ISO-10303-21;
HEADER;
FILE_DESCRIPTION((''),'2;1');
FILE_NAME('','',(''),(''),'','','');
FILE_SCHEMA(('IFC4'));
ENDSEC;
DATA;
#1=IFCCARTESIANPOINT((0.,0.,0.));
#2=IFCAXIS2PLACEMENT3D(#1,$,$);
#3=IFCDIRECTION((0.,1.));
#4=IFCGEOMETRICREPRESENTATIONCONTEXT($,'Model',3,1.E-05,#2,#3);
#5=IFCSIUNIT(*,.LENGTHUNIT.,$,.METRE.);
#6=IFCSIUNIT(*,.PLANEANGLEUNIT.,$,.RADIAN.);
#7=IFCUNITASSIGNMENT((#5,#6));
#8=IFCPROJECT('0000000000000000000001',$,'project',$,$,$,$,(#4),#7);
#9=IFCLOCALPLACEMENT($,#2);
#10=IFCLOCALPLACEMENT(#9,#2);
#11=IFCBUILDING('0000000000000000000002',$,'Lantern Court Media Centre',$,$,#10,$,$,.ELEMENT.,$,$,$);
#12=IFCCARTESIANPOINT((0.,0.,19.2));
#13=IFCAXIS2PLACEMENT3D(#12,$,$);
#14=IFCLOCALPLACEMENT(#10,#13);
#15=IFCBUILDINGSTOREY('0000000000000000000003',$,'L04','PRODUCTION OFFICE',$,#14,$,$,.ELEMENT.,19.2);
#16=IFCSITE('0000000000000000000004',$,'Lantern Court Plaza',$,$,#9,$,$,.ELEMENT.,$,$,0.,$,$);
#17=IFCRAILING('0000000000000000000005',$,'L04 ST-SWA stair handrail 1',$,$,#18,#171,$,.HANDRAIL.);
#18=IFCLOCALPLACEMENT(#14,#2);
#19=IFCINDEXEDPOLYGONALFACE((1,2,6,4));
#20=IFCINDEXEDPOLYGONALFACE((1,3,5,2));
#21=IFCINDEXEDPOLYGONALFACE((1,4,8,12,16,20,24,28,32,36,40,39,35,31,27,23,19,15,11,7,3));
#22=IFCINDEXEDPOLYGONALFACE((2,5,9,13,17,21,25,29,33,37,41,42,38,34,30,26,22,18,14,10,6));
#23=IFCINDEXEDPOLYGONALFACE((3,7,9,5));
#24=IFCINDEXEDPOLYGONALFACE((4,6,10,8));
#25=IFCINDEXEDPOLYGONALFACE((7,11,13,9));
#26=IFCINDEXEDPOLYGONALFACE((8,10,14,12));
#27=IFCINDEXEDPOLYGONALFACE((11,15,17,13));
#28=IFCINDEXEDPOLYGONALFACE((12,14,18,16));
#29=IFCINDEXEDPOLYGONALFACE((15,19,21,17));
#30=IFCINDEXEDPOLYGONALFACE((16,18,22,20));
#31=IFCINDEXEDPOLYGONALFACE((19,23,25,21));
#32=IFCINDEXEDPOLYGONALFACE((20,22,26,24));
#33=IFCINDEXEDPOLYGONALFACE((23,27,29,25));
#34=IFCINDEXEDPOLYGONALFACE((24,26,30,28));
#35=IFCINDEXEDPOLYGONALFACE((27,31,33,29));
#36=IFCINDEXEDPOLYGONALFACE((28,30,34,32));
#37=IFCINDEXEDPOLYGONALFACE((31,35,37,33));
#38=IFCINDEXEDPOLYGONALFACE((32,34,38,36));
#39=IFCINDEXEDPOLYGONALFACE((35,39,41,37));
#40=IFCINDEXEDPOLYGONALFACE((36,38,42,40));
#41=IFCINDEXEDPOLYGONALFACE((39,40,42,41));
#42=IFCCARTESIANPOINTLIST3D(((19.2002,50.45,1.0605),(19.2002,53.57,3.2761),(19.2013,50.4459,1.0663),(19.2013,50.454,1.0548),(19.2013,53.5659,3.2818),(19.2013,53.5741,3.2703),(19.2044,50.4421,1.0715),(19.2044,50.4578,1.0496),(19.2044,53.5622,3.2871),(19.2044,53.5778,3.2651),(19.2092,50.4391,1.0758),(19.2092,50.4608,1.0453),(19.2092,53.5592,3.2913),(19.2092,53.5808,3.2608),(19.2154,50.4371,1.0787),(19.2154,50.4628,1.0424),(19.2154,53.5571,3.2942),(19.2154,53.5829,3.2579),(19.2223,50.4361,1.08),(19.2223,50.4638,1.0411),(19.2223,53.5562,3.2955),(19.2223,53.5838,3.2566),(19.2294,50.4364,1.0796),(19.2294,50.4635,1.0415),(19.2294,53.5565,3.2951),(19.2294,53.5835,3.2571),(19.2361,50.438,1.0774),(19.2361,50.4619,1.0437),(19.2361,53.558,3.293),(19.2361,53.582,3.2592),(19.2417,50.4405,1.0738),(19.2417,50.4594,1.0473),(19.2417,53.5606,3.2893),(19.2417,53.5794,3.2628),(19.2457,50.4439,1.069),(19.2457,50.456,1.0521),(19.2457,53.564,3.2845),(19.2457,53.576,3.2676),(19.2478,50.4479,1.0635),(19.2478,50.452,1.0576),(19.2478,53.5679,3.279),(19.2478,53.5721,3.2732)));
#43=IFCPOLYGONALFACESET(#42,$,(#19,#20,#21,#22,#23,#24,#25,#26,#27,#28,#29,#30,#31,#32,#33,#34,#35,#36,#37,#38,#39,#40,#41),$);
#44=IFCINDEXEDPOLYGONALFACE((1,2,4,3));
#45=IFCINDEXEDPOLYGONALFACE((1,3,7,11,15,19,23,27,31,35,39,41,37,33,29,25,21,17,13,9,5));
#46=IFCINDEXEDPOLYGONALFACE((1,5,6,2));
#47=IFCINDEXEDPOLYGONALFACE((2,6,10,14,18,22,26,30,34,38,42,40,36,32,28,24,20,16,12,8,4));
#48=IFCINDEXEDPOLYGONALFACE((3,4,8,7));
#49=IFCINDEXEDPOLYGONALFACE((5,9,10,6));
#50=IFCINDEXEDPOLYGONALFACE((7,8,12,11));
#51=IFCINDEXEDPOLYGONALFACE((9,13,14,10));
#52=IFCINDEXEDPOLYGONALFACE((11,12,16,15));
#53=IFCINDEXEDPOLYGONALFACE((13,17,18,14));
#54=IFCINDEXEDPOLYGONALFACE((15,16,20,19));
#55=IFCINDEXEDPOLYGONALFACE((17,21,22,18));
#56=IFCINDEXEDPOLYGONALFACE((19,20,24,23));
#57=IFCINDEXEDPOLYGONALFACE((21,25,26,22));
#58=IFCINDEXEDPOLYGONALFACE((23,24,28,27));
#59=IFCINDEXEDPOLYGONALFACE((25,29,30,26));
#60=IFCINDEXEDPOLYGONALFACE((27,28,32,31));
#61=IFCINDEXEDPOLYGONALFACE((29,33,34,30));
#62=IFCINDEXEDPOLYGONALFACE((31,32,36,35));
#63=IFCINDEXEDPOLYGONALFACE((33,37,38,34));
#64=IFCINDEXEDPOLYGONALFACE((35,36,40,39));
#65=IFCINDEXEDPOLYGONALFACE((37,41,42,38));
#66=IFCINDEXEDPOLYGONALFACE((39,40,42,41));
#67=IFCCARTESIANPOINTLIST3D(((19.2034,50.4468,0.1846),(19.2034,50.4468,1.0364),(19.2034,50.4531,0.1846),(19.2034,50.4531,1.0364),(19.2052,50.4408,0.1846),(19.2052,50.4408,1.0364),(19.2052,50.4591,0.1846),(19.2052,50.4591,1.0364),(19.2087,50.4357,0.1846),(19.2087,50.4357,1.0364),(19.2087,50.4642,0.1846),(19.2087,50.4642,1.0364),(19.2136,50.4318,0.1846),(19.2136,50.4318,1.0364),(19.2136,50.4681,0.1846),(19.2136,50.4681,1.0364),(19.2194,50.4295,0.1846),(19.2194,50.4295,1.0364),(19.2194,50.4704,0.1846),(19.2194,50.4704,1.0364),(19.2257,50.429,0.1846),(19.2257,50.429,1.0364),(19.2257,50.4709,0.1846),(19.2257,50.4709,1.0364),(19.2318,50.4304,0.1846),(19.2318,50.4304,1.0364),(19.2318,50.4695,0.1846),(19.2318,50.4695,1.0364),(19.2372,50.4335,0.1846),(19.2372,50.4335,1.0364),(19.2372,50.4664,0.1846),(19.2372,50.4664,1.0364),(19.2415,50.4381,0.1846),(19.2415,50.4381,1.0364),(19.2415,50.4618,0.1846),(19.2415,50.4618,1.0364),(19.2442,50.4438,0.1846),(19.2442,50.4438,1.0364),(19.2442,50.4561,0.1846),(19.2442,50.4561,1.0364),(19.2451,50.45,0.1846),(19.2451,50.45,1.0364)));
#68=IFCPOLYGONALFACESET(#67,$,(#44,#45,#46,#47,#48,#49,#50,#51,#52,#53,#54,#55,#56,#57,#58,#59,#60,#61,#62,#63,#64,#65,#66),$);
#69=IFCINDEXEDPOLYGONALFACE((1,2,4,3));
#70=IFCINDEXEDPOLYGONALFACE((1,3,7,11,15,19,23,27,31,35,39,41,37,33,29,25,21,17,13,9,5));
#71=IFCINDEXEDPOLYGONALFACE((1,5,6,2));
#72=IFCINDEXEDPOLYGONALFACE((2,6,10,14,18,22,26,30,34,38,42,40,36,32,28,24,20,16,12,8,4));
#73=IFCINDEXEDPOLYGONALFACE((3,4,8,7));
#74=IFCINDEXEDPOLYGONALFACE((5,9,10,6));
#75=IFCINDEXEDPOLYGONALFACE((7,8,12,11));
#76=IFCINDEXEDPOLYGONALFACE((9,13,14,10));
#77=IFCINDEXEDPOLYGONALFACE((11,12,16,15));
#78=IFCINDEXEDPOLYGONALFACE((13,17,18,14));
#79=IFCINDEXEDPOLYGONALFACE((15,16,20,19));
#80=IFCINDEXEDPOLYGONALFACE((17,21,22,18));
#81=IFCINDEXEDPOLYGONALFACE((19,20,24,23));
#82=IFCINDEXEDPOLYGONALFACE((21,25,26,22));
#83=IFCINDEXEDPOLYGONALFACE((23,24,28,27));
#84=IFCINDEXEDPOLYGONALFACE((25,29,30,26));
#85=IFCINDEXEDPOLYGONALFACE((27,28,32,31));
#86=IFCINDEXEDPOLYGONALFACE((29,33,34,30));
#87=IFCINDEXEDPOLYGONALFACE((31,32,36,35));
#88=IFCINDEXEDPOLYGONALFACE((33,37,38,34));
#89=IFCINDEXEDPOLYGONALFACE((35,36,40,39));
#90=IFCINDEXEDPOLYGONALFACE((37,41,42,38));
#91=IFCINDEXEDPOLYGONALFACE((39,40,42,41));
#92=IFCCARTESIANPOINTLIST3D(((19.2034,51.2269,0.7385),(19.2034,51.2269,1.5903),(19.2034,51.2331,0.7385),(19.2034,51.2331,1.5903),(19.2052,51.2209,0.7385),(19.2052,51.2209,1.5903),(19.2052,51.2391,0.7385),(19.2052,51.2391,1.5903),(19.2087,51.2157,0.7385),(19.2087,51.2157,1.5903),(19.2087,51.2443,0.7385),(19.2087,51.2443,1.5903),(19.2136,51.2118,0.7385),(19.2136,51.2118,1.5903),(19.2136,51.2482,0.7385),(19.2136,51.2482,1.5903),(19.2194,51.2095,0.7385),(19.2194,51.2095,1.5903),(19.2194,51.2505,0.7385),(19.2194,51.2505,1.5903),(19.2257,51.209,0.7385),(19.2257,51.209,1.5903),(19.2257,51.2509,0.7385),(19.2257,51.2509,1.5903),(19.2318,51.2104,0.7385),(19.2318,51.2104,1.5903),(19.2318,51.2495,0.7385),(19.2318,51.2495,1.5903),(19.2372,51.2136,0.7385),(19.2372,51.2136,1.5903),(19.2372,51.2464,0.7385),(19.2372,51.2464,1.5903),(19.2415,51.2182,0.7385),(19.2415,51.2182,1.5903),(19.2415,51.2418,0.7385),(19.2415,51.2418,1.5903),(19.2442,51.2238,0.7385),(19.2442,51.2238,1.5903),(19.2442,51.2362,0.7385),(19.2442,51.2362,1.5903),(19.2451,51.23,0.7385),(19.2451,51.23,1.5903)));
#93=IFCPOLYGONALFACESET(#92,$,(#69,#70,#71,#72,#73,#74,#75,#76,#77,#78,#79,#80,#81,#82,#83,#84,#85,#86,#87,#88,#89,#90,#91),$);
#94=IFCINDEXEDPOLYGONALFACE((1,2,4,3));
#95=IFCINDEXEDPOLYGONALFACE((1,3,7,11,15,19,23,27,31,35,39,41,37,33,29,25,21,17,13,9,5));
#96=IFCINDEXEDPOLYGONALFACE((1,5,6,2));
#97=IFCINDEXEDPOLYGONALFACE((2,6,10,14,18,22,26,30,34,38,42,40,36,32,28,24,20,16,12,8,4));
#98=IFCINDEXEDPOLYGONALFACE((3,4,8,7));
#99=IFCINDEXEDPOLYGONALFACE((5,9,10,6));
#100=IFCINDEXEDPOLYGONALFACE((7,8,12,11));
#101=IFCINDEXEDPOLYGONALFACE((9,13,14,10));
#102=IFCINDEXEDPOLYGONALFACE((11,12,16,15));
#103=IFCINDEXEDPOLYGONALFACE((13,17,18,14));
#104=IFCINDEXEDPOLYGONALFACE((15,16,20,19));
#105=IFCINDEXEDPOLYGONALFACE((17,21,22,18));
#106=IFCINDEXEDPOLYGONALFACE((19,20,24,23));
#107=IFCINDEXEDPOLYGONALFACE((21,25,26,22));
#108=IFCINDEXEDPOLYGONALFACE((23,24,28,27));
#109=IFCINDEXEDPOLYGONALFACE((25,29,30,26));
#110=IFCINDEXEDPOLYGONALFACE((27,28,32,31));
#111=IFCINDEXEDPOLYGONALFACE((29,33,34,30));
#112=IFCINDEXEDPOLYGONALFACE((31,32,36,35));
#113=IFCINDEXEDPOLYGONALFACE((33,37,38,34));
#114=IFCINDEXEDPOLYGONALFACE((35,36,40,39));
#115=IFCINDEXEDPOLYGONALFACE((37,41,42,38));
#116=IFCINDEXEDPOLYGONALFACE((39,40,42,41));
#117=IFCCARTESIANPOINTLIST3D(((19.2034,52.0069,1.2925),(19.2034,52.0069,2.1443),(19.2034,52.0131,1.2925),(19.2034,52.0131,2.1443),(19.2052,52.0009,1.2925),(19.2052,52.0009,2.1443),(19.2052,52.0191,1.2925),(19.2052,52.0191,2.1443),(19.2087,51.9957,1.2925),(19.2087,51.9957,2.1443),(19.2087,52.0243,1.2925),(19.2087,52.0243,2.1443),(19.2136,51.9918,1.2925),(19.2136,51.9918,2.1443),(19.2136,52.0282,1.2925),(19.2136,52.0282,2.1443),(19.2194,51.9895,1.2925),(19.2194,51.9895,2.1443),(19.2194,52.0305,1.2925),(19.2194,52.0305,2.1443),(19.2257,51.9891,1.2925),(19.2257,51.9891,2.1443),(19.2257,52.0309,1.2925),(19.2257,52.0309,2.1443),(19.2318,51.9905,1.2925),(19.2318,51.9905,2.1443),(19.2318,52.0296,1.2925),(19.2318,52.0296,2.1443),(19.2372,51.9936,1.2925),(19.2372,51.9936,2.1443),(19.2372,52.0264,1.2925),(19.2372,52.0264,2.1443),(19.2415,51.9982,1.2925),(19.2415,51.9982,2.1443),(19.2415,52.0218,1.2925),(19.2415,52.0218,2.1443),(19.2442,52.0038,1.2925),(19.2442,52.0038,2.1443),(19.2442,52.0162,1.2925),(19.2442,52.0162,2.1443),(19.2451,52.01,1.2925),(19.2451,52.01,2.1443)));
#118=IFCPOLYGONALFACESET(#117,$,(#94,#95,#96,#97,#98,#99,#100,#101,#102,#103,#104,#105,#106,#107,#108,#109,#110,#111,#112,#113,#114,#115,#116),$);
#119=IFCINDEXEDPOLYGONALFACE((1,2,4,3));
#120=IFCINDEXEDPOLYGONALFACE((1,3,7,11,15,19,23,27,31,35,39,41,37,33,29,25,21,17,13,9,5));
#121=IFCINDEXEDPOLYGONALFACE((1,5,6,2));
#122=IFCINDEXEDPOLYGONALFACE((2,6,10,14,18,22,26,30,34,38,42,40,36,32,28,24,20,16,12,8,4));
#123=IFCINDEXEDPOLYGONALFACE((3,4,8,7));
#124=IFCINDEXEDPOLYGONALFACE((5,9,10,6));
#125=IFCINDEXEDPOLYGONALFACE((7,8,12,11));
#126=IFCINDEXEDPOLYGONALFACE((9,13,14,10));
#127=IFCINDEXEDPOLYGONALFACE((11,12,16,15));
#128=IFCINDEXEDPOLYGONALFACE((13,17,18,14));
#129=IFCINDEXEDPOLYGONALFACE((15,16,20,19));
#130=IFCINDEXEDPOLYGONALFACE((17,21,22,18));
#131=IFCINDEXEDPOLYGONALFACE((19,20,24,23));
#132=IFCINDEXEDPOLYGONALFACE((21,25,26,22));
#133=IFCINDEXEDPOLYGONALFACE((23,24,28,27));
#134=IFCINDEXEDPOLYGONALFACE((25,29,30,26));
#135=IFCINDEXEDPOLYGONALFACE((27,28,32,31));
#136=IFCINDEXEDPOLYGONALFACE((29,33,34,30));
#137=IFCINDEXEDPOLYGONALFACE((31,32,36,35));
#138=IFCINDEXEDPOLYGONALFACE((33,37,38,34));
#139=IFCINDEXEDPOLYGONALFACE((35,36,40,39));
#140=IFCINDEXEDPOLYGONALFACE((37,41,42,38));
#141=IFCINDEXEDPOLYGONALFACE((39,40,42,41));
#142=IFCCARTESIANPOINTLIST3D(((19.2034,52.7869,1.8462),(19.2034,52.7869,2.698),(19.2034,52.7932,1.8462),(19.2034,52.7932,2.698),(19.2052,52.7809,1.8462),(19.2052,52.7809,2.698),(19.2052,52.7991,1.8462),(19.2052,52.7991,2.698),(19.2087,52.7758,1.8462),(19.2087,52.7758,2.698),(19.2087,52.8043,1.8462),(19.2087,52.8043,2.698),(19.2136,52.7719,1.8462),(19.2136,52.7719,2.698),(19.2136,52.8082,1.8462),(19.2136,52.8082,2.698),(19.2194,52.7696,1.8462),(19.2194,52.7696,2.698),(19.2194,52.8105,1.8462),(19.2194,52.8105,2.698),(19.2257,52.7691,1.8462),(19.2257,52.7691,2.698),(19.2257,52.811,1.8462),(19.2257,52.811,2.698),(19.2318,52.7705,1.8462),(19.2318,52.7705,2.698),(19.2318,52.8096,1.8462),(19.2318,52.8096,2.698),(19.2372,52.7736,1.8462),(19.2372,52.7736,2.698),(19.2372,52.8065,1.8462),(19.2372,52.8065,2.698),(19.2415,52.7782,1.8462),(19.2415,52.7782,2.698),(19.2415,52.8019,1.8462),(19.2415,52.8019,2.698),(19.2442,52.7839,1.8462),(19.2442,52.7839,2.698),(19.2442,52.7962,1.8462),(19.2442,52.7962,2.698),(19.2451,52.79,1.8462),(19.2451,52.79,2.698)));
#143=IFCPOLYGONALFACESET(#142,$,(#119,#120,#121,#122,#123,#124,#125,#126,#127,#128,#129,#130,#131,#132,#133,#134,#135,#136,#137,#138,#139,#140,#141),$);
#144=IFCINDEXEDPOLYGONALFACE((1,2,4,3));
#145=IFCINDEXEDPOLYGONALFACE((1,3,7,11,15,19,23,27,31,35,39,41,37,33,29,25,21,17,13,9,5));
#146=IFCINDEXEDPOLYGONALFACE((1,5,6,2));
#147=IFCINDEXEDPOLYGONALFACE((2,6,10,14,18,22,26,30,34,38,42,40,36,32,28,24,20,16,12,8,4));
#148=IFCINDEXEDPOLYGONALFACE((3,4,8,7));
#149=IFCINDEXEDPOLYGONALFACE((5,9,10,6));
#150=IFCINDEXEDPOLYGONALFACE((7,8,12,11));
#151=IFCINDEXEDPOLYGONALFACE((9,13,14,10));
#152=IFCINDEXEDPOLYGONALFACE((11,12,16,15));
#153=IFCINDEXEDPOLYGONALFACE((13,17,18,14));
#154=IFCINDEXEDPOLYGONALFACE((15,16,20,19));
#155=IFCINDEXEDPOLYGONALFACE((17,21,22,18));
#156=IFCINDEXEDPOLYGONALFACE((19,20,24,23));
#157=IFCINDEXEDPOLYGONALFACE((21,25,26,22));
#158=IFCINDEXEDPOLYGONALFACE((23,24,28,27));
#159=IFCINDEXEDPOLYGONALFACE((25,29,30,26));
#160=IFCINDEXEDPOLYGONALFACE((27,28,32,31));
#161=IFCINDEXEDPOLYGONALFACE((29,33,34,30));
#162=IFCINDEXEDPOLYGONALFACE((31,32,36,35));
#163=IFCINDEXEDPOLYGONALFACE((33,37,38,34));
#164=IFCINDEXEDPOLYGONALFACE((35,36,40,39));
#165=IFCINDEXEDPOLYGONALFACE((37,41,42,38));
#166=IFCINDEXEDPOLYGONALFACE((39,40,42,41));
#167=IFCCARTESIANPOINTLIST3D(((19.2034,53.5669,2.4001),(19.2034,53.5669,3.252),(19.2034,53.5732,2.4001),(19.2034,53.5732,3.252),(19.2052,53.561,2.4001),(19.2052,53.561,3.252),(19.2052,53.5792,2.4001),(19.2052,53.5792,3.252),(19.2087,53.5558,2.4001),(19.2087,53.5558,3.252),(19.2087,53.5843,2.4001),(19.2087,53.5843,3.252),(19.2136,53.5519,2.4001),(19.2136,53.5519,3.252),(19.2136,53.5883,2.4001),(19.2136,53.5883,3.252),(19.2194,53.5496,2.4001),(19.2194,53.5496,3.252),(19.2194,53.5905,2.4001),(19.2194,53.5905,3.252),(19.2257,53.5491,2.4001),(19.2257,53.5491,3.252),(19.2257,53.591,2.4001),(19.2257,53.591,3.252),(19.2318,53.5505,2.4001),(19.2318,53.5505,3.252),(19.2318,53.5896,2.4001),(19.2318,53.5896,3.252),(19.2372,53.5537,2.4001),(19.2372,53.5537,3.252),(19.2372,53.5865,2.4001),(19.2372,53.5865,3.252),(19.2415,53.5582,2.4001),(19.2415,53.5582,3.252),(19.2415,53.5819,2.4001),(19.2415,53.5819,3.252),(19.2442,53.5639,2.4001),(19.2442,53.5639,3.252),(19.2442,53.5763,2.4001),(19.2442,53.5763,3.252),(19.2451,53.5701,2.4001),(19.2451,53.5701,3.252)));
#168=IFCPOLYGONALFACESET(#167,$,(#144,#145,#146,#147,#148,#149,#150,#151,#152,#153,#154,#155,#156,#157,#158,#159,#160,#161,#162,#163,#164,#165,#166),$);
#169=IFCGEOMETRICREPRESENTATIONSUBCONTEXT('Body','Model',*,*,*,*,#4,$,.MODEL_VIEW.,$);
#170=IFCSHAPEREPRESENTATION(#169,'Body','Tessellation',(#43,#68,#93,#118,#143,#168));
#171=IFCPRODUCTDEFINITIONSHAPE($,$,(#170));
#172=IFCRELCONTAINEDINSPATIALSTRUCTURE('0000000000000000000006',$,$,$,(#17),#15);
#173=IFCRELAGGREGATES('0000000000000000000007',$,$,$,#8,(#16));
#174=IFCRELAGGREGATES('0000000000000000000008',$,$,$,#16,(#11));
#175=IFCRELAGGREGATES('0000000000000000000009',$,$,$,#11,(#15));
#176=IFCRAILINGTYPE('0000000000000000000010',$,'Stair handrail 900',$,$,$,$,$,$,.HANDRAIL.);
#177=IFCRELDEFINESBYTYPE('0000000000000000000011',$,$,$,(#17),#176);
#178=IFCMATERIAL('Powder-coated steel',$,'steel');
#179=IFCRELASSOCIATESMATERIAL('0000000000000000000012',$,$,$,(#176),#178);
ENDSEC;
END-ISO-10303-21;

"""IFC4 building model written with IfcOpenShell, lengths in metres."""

from ifc_helpers import new_model, si_unit, direction, frame, origin, origin_2d, place, context, subcontext, project, spatial, circle, extrude, material, type_object, element, save


model = new_model("IFC4")

# Units and contexts
model_context = context("Model", 3, precision=1e-05, world=origin(), true_north=direction((0.0, 1.0)))
body_context = subcontext(model_context, "Body", "Model", "MODEL_VIEW")
ifc_project = project(units=[si_unit("LENGTHUNIT", "METRE"), si_unit("PLANEANGLEUNIT", "RADIAN")], contexts=[model_context])

# Site, building, storey
site_placement = place(None, origin())
site = spatial("IfcSite", under=ifc_project, at=site_placement, Name="Lantern Court Plaza", CompositionType="ELEMENT", RefElevation=0.0)
building_placement = place(site_placement, origin())
building = spatial("IfcBuilding", under=site, at=building_placement, Name="Lantern Court Media Centre", CompositionType="ELEMENT")
storey_placement = place(building_placement, frame((0.0, 0.0, 19.2)))
storey = spatial("IfcBuildingStorey", under=building, at=storey_placement, Name="L04", Description="PRODUCTION OFFICE", CompositionType="ELEMENT", Elevation=19.2)

# Railing
ifc_material_1 = material(Name="Powder-coated steel", Category="steel")
railing_type_1 = type_object("IfcRailingType", Name="Stair handrail 900", PredefinedType="HANDRAIL", material=ifc_material_1)
railing_1_placement = place(storey_placement, frame((19.2241, 50.45, 0.1846)))
element("IfcRailing", 1, at=railing_1_placement, inside=storey, type_object=railing_type_1, Name="L04 ST-SWA stair handrail 1", PredefinedType="HANDRAIL", context=body_context, shape_type="SweptSolid", body=[
    extrude(circle(Radius=0.0239, at=origin_2d()), frame((0.0, 0.0, 0.876), z_axis=(0.0, 0.815347, 0.578973), x_axis=(-1.0, 0.0, 0.0)), (0.0, 0.0, 1.0), 3.8267),
    extrude(circle(Radius=0.021, at=origin_2d()), origin(), (0.0, 0.0, 1.0), 0.8518),
    extrude(circle(Radius=0.021, at=origin_2d()), frame((0.0, 0.78, 0.554)), (0.0, 0.0, 1.0), 0.8518),
    extrude(circle(Radius=0.021, at=origin_2d()), frame((0.0, 1.5601, 1.1079)), (0.0, 0.0, 1.0), 0.8518),
    extrude(circle(Radius=0.021, at=origin_2d()), frame((0.0, 2.3401, 1.6616)), (0.0, 0.0, 1.0), 0.8518),
    extrude(circle(Radius=0.021, at=origin_2d()), frame((0.0, 3.1201, 2.2156)), (0.0, 0.0, 1.0), 0.8518),
])

save(model, "model.ifc")
